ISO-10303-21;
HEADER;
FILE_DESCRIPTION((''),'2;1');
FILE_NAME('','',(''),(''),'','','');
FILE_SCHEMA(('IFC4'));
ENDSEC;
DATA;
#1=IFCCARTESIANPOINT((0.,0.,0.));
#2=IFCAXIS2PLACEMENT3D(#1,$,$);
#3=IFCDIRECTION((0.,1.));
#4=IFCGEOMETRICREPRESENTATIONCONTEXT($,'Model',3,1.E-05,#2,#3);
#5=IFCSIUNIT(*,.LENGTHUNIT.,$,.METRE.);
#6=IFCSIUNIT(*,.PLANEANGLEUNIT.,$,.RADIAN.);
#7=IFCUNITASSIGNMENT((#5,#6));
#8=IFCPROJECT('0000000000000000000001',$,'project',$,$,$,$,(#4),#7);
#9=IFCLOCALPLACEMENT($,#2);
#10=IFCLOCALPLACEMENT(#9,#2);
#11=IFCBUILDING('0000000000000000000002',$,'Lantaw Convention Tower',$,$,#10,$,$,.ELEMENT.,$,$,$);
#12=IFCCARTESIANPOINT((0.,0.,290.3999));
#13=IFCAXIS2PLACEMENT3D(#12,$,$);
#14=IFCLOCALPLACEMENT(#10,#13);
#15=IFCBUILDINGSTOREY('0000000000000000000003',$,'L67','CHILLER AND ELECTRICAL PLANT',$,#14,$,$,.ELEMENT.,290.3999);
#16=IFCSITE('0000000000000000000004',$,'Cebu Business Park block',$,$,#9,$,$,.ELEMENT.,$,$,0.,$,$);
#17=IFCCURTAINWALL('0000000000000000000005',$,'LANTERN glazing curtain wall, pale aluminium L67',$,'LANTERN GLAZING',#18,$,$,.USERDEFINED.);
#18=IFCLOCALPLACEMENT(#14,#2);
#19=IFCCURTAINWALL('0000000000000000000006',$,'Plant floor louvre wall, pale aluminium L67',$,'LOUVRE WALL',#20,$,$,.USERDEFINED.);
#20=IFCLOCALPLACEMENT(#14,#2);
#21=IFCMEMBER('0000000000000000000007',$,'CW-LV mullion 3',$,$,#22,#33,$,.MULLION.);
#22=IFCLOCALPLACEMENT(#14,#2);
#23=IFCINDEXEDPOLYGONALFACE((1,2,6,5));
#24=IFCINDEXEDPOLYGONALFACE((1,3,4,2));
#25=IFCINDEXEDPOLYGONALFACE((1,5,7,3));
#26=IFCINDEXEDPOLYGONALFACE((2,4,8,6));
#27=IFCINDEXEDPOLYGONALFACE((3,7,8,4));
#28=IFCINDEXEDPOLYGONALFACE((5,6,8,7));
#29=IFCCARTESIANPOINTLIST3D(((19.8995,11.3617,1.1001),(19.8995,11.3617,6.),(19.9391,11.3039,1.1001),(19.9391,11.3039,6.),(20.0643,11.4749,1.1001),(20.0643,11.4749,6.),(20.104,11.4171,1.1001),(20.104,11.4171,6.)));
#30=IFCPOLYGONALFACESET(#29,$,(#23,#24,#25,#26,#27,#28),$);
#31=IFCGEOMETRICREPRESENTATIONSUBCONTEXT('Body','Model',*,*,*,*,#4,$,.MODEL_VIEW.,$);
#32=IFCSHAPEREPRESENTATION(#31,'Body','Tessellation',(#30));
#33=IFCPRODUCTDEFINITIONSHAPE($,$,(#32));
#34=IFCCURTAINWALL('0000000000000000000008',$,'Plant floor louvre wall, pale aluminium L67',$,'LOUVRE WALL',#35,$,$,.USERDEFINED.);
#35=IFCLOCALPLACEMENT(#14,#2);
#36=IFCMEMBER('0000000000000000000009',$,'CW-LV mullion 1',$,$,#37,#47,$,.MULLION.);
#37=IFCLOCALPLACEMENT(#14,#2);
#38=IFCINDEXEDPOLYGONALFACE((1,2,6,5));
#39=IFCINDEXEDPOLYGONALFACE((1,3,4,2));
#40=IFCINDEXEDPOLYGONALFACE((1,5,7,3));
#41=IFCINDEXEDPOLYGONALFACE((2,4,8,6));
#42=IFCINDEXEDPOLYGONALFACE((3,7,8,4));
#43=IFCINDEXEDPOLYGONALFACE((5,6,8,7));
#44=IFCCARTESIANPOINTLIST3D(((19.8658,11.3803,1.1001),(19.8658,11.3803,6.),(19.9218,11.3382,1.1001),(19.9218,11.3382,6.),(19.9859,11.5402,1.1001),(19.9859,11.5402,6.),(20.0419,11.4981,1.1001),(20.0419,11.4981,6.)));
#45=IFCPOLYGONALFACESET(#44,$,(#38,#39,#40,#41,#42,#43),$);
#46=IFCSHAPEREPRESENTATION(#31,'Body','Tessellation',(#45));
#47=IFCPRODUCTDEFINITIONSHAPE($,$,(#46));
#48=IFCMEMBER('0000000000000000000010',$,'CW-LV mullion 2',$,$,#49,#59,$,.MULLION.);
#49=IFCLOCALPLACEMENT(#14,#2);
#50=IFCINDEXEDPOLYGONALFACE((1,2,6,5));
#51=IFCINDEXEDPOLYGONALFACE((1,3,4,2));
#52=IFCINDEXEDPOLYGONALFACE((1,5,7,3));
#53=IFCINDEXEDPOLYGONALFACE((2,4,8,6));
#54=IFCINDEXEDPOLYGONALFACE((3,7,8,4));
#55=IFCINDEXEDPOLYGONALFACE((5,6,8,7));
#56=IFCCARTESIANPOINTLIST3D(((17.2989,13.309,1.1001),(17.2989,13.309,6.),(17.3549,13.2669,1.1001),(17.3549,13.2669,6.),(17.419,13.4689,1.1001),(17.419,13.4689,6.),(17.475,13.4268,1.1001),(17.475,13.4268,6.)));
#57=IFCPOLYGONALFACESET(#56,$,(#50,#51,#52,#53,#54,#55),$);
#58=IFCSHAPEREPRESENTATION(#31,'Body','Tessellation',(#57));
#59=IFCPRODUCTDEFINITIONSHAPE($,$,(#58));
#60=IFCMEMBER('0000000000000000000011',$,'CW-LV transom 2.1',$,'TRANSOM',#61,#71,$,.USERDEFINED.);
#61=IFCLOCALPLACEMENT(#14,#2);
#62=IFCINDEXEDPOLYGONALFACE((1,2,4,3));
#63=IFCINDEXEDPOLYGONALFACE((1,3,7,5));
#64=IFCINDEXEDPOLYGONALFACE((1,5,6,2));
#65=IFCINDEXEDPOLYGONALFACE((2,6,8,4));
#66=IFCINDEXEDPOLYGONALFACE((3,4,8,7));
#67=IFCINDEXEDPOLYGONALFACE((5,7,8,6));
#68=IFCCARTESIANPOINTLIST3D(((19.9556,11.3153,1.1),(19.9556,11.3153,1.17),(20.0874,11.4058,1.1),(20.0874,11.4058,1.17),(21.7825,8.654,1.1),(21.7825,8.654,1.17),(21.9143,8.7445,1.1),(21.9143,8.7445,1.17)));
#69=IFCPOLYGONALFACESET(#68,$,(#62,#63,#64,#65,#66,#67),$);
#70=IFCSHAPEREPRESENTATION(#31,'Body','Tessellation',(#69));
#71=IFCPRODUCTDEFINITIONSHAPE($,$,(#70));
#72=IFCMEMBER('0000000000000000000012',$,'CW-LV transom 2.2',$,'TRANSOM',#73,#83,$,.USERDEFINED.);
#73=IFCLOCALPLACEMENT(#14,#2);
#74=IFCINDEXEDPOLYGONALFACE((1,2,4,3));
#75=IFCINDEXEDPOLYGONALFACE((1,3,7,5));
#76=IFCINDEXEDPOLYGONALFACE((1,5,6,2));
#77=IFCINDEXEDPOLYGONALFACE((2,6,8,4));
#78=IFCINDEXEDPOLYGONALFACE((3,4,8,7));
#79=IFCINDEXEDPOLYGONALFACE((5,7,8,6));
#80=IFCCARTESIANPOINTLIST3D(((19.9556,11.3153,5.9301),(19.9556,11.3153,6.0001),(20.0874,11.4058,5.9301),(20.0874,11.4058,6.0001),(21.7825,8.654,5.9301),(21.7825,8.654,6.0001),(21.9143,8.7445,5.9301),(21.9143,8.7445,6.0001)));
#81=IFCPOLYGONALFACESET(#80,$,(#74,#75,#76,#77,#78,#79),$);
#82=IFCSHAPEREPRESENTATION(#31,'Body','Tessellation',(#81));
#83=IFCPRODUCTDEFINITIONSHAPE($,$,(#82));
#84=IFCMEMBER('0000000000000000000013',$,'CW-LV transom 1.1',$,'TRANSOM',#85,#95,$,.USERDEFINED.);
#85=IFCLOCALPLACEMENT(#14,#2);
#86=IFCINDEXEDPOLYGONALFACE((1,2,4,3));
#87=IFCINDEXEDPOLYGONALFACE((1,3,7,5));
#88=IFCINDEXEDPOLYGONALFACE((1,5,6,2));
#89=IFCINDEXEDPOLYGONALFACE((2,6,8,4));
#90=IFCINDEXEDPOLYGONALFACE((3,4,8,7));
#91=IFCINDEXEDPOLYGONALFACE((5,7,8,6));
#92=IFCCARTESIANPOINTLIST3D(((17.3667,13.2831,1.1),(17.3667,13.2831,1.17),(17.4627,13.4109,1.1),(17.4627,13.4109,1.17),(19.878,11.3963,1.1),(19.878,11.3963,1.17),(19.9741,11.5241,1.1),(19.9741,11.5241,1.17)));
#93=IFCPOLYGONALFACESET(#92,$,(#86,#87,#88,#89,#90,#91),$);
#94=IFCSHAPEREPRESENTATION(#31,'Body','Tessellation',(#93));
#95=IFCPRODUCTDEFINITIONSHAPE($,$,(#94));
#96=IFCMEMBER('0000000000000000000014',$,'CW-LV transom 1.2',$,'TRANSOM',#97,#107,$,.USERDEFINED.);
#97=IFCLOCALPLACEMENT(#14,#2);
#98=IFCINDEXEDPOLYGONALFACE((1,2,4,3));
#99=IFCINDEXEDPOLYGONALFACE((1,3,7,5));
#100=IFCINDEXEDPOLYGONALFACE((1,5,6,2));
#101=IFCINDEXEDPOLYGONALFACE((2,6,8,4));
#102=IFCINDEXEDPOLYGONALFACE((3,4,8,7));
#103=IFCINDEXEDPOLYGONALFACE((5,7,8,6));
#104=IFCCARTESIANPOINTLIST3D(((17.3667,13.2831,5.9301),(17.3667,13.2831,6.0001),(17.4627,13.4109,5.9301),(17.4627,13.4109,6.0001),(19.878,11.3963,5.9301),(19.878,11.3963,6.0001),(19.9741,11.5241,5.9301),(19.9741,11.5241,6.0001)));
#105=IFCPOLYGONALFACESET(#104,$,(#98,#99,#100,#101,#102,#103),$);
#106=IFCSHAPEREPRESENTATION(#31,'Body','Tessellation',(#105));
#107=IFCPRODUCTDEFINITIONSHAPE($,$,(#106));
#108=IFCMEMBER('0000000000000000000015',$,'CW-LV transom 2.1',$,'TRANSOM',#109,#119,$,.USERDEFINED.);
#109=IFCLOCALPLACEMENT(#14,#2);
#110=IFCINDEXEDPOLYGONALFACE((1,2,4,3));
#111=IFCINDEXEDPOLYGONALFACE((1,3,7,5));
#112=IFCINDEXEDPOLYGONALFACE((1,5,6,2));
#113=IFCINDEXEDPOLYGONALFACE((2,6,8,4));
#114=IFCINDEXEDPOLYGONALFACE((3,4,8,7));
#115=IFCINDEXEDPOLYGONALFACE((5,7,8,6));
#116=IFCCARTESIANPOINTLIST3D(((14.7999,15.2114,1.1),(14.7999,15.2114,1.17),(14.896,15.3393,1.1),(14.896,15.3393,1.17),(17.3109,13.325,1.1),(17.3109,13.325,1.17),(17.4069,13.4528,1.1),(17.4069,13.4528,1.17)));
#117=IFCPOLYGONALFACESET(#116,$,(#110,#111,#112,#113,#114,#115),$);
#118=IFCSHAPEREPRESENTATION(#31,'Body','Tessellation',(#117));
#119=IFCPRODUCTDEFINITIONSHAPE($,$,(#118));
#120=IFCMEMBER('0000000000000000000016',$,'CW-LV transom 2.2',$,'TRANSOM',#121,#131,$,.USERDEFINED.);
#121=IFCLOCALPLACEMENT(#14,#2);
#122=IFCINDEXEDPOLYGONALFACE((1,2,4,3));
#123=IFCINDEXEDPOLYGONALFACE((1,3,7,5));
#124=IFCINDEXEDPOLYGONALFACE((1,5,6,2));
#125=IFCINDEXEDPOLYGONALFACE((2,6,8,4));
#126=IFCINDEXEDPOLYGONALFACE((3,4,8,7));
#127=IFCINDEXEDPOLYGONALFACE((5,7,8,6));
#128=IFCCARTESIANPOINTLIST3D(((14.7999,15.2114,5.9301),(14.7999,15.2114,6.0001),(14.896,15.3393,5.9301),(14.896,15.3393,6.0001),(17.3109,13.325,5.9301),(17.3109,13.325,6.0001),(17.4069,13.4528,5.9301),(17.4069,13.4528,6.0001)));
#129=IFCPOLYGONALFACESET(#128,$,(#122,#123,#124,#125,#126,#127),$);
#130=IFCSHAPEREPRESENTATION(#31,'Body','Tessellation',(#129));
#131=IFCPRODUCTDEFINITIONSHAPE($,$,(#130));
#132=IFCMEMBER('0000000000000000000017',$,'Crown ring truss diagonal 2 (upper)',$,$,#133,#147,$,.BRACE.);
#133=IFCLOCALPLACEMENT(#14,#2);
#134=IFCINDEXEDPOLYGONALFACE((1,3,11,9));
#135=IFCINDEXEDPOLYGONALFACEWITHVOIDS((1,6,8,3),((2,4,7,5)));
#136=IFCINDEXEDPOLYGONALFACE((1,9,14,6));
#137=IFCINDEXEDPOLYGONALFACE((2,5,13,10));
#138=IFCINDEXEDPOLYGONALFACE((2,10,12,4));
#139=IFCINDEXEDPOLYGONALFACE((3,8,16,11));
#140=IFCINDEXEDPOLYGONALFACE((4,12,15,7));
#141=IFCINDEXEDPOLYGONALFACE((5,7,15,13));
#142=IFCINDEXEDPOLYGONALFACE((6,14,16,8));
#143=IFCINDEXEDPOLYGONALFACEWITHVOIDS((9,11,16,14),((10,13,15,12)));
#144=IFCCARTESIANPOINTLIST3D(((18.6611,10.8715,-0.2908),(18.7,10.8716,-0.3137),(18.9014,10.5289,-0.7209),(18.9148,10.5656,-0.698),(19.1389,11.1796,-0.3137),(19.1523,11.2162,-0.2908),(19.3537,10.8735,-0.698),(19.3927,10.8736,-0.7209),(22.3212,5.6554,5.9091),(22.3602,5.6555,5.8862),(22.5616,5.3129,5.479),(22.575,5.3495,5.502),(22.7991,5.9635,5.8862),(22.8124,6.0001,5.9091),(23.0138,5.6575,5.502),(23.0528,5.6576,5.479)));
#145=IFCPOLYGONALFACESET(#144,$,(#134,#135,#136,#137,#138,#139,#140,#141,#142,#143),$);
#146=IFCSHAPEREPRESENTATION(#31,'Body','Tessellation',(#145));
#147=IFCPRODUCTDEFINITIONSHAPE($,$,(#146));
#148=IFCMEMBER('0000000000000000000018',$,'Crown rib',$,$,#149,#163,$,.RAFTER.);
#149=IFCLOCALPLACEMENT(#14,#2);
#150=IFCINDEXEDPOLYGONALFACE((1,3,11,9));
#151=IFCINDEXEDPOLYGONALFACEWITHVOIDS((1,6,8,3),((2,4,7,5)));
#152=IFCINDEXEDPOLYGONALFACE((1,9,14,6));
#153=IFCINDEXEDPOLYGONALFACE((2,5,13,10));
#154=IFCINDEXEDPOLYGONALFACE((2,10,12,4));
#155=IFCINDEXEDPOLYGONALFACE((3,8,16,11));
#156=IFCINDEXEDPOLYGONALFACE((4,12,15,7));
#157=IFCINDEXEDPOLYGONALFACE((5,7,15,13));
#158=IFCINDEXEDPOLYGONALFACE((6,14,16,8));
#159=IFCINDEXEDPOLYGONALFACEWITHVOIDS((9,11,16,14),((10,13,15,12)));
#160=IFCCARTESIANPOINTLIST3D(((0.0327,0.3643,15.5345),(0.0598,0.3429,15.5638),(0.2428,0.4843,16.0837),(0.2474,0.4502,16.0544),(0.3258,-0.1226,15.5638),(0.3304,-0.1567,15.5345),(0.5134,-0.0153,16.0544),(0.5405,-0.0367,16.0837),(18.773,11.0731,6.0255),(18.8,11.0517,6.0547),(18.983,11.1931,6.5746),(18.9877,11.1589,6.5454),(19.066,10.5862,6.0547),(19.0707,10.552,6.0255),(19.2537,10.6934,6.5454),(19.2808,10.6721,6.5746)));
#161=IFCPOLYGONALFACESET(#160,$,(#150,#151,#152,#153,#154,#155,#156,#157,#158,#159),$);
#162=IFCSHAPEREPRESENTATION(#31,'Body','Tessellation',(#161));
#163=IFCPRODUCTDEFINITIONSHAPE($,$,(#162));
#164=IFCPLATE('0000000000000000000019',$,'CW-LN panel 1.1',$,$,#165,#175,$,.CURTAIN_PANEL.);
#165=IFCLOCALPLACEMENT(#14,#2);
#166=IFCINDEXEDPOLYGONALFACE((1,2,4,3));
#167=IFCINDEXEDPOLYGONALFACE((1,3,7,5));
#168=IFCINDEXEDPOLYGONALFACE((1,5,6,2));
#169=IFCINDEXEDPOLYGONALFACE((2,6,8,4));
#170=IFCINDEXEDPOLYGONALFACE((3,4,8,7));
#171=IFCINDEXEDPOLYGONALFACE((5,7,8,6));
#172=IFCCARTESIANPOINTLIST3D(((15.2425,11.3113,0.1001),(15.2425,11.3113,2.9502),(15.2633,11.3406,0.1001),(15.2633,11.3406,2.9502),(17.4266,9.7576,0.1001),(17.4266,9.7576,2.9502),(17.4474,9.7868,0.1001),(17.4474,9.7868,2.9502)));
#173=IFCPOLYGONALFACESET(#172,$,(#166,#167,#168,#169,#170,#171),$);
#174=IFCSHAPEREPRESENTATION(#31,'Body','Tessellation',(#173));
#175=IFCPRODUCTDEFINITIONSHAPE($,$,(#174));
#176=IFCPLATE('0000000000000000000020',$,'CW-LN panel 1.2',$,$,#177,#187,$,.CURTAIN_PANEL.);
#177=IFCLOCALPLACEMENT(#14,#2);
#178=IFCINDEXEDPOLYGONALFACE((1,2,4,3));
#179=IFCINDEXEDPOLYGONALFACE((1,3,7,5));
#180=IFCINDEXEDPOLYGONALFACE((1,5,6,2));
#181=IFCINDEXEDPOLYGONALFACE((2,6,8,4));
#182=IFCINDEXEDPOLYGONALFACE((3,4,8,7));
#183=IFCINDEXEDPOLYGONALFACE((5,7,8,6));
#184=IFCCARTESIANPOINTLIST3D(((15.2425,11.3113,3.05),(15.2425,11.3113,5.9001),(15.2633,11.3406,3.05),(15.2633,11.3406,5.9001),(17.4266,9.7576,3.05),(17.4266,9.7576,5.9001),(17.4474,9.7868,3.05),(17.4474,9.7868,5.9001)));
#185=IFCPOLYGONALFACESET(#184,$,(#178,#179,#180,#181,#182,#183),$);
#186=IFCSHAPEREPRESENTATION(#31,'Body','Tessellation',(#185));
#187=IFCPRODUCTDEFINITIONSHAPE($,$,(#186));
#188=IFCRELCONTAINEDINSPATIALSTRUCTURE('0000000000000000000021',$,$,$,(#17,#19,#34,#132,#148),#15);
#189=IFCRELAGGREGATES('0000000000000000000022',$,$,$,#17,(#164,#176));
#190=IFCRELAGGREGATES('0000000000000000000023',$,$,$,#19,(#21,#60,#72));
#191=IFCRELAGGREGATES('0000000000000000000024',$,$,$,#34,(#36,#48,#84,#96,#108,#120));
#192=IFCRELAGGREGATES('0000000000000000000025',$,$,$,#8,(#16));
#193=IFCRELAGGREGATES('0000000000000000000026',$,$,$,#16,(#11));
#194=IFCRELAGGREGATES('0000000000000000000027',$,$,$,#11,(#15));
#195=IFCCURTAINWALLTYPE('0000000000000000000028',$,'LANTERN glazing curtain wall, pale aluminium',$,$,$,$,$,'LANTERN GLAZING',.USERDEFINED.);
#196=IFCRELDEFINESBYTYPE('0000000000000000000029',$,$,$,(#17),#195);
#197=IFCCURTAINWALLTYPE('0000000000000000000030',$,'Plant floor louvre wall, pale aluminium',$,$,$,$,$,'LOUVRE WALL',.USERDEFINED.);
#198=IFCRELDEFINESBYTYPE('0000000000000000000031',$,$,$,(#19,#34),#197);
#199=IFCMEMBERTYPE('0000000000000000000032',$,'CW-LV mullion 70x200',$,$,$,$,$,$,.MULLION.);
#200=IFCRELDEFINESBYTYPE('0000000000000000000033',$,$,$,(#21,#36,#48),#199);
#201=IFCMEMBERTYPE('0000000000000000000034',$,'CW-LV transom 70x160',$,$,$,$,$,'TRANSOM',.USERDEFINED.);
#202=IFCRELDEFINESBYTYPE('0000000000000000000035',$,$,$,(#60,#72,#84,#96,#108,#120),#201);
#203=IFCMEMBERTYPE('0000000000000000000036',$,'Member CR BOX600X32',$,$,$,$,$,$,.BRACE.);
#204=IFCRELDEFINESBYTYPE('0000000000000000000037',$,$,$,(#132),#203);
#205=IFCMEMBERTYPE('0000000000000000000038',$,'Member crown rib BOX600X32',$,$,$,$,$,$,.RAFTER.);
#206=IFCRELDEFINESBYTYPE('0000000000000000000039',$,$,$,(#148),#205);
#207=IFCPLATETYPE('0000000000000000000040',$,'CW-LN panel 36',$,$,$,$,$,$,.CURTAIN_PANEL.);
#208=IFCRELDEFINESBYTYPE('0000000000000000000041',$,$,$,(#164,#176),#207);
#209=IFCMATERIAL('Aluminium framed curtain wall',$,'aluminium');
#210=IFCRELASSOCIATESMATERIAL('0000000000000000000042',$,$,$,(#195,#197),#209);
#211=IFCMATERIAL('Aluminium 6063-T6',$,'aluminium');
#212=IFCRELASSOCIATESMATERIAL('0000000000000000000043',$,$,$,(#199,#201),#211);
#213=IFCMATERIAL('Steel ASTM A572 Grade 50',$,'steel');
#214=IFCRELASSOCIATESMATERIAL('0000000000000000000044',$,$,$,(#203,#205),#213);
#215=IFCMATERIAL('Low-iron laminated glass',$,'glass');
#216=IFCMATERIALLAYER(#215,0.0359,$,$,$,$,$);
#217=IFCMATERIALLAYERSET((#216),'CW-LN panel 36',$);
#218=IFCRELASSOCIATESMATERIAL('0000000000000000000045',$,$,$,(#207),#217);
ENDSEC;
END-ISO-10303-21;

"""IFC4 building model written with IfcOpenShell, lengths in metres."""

from ifc_helpers import new_model, si_unit, direction, frame, origin, origin_2d, place, context, subcontext, project, spatial, rectangle, hollow_rectangle, extrude, material, layer, layer_set, material_profile, profile_set, type_object, element, aggregate, save


model = new_model("IFC4")

# Units and contexts
model_context = context("Model", 3, precision=1e-05, world=origin(), true_north=direction((0.0, 1.0)))
body_context = subcontext(model_context, "Body", "Model", "MODEL_VIEW")
ifc_project = project(units=[si_unit("LENGTHUNIT", "METRE"), si_unit("PLANEANGLEUNIT", "RADIAN")], contexts=[model_context])

# Site, building, storey
site_placement = place(None, origin())
site = spatial("IfcSite", under=ifc_project, at=site_placement, Name="Cebu Business Park block", CompositionType="ELEMENT", RefElevation=0.0)
building_placement = place(site_placement, origin())
building = spatial("IfcBuilding", under=site, at=building_placement, Name="Lantaw Convention Tower", CompositionType="ELEMENT")
storey_placement = place(building_placement, frame((0.0, 0.0, 290.3999)))
storey = spatial("IfcBuildingStorey", under=building, at=storey_placement, Name="L67", Description="CHILLER AND ELECTRICAL PLANT", CompositionType="ELEMENT", Elevation=290.3999)

# Shared definitions
ifc_material_1 = material(Name="Steel ASTM A572 Grade 50", Category="steel")

# Shared definitions
ifc_material_2 = material(Name="Aluminium framed curtain wall", Category="aluminium")
curtain_wall_type_1 = type_object("IfcCurtainWallType", Name="LANTERN glazing curtain wall, pale aluminium", ElementType="LANTERN GLAZING", PredefinedType="USERDEFINED", material=ifc_material_2)
ifc_material_3 = material(Name="Aluminium 6063-T6", Category="aluminium")

# Curtain wall
curtain_wall_1_placement = place(storey_placement, origin())
curtain_wall_1 = element("IfcCurtainWall", 1, at=curtain_wall_1_placement, inside=storey, type_object=curtain_wall_type_1, Name="LANTERN glazing curtain wall, pale aluminium L67", ObjectType="LANTERN GLAZING", PredefinedType="USERDEFINED")

# Curtain wall, member
curtain_wall_type_2 = type_object("IfcCurtainWallType", Name="Plant floor louvre wall, pale aluminium", ElementType="LOUVRE WALL", PredefinedType="USERDEFINED", material=ifc_material_2)
curtain_wall_2_placement = place(storey_placement, origin())
curtain_wall_2 = element("IfcCurtainWall", 2, at=curtain_wall_2_placement, inside=storey, type_object=curtain_wall_type_2, Name="Plant floor louvre wall, pale aluminium L67", ObjectType="LOUVRE WALL", PredefinedType="USERDEFINED")
ifc_material_profile_1 = material_profile(ifc_material_3, rectangle(XDim=0.2, YDim=0.0701, at=origin_2d()), Name="CW-LV mullion 70x200")
ifc_profile_set_1 = profile_set([ifc_material_profile_1], Name="Aluminium 6063-T6")
member_type_1 = type_object("IfcMemberType", Name="CW-LV mullion 70x200", PredefinedType="MULLION", material=ifc_profile_set_1)
member_1_placement = place(storey_placement, frame((20.0017, 11.3894, 1.1001), z_axis=(0.0, 0.0, 1.0), x_axis=(-0.82445, -0.565935, 0.0)))
member_1 = element("IfcMember", 3, at=member_1_placement, type_object=member_type_1, Name="CW-LV mullion 3", PredefinedType="MULLION", context=body_context, shape_type="SweptSolid", body=[
    extrude(rectangle(XDim=0.2, YDim=0.0701, at=origin_2d()), origin(), (0.0, 0.0, 1.0), 4.8999),
])

# Curtain wall, members
curtain_wall_3_placement = place(storey_placement, origin())
curtain_wall_3 = element("IfcCurtainWall", 4, at=curtain_wall_3_placement, inside=storey, type_object=curtain_wall_type_2, Name="Plant floor louvre wall, pale aluminium L67", ObjectType="LOUVRE WALL", PredefinedType="USERDEFINED")
member_2_placement = place(storey_placement, frame((19.9539, 11.4392, 1.1001), z_axis=(0.0, 0.0, 1.0), x_axis=(-0.600643, -0.799518, 0.0)))
member_2 = element("IfcMember", 5, at=member_2_placement, type_object=member_type_1, Name="CW-LV mullion 1", PredefinedType="MULLION", context=body_context, shape_type="SweptSolid", body=[
    extrude(rectangle(XDim=0.2, YDim=0.0701, at=origin_2d()), origin(), (0.0, 0.0, 1.0), 4.8999),
])
member_3_placement = place(storey_placement, frame((17.387, 13.3679, 1.1001), z_axis=(0.0, 0.0, 1.0), x_axis=(-0.600643, -0.799518, 0.0)))
member_3 = element("IfcMember", 6, at=member_3_placement, type_object=member_type_1, Name="CW-LV mullion 2", PredefinedType="MULLION", context=body_context, shape_type="SweptSolid", body=[
    extrude(rectangle(XDim=0.2, YDim=0.0701, at=origin_2d()), origin(), (0.0, 0.0, 1.0), 4.8999),
])

# Members
ifc_material_profile_2 = material_profile(ifc_material_3, rectangle(XDim=0.1599, YDim=0.0701, at=origin_2d()), Name="CW-LV transom 70x160")
ifc_profile_set_2 = profile_set([ifc_material_profile_2], Name="Aluminium 6063-T6")
member_type_2 = type_object("IfcMemberType", Name="CW-LV transom 70x160", ElementType="TRANSOM", PredefinedType="USERDEFINED", material=ifc_profile_set_2)
member_4_placement = place(storey_placement, frame((21.8484, 8.6992, 1.135), z_axis=(-0.565941, 0.824446, 0.0), x_axis=(-0.824446, -0.565941, 0.0)))
member_4 = element("IfcMember", 7, at=member_4_placement, type_object=member_type_2, Name="CW-LV transom 2.1", ObjectType="TRANSOM", PredefinedType="USERDEFINED", context=body_context, shape_type="SweptSolid", body=[
    extrude(rectangle(XDim=0.1599, YDim=0.0701, at=origin_2d()), origin(), (0.0, 0.0, 1.0), 3.228),
])
member_5_placement = place(storey_placement, frame((21.8484, 8.6992, 5.9651), z_axis=(-0.565941, 0.824446, 0.0), x_axis=(-0.824446, -0.565941, 0.0)))
member_5 = element("IfcMember", 8, at=member_5_placement, type_object=member_type_2, Name="CW-LV transom 2.2", ObjectType="TRANSOM", PredefinedType="USERDEFINED", context=body_context, shape_type="SweptSolid", body=[
    extrude(rectangle(XDim=0.1599, YDim=0.0701, at=origin_2d()), origin(), (0.0, 0.0, 1.0), 3.228),
])
member_6_placement = place(storey_placement, frame((19.926, 11.4602, 1.135), z_axis=(-0.799496, 0.600671, 0.0), x_axis=(-0.600671, -0.799496, 0.0)))
member_6 = element("IfcMember", 9, at=member_6_placement, type_object=member_type_2, Name="CW-LV transom 1.1", ObjectType="TRANSOM", PredefinedType="USERDEFINED", context=body_context, shape_type="SweptSolid", body=[
    extrude(rectangle(XDim=0.1599, YDim=0.0701, at=origin_2d()), origin(), (0.0, 0.0, 1.0), 3.1411),
])
member_7_placement = place(storey_placement, frame((19.926, 11.4602, 5.9651), z_axis=(-0.799496, 0.600671, 0.0), x_axis=(-0.600671, -0.799496, 0.0)))
member_7 = element("IfcMember", 10, at=member_7_placement, type_object=member_type_2, Name="CW-LV transom 1.2", ObjectType="TRANSOM", PredefinedType="USERDEFINED", context=body_context, shape_type="SweptSolid", body=[
    extrude(rectangle(XDim=0.1599, YDim=0.0701, at=origin_2d()), origin(), (0.0, 0.0, 1.0), 3.1411),
])
member_8_placement = place(storey_placement, frame((17.3589, 13.3889, 1.135), z_axis=(-0.799505, 0.600659, 0.0), x_axis=(-0.600659, -0.799505, 0.0)))
member_8 = element("IfcMember", 11, at=member_8_placement, type_object=member_type_2, Name="CW-LV transom 2.1", ObjectType="TRANSOM", PredefinedType="USERDEFINED", context=body_context, shape_type="SweptSolid", body=[
    extrude(rectangle(XDim=0.1599, YDim=0.0701, at=origin_2d()), origin(), (0.0, 0.0, 1.0), 3.1406),
])
member_9_placement = place(storey_placement, frame((17.3589, 13.3889, 5.9651), z_axis=(-0.799505, 0.600659, 0.0), x_axis=(-0.600659, -0.799505, 0.0)))
member_9 = element("IfcMember", 12, at=member_9_placement, type_object=member_type_2, Name="CW-LV transom 2.2", ObjectType="TRANSOM", PredefinedType="USERDEFINED", context=body_context, shape_type="SweptSolid", body=[
    extrude(rectangle(XDim=0.1599, YDim=0.0701, at=origin_2d()), origin(), (0.0, 0.0, 1.0), 3.1406),
])

# Members
ifc_material_profile_3 = material_profile(ifc_material_1, hollow_rectangle(XDim=0.6001, YDim=0.6001, WallThickness=0.032, at=origin_2d()), Name="BOX600X32")
ifc_profile_set_3 = profile_set([ifc_material_profile_3], Name="Steel ASTM A572 Grade 50")
member_type_3 = type_object("IfcMemberType", Name="Member CR BOX600X32", PredefinedType="BRACE", material=ifc_profile_set_3)
member_10_placement = place(storey_placement, frame((19.0269, 10.8726, -0.5059), z_axis=(0.411687, -0.586692, 0.697357), x_axis=(0.818574, 0.574401, 0.0)))
element("IfcMember", 13, at=member_10_placement, inside=storey, type_object=member_type_3, Name="Crown ring truss diagonal 2 (upper)", PredefinedType="BRACE", context=body_context, shape_type="SweptSolid", body=[
    extrude(hollow_rectangle(XDim=0.6001, YDim=0.6001, WallThickness=0.032, at=origin_2d()), origin(), (0.0, 0.0, 1.0), 8.8906),
])
ifc_material_profile_4 = material_profile(ifc_material_1, hollow_rectangle(XDim=0.6001, YDim=0.6001, WallThickness=0.032, at=origin_2d()), Name="BOX600X32")
ifc_profile_set_4 = profile_set([ifc_material_profile_4], Name="Steel ASTM A572 Grade 50")
member_type_4 = type_object("IfcMemberType", Name="Member crown rib BOX600X32", PredefinedType="RAFTER", material=ifc_profile_set_4)
member_11_placement = place(storey_placement, frame((19.0269, 10.8726, 6.3), z_axis=(-0.794552, -0.454031, 0.403166), x_axis=(0.49614, -0.868242, 0.0)))
element("IfcMember", 14, at=member_11_placement, inside=storey, type_object=member_type_4, Name="Crown rib", PredefinedType="RAFTER", context=body_context, shape_type="SweptSolid", body=[
    extrude(hollow_rectangle(XDim=0.6001, YDim=0.6001, WallThickness=0.032, at=origin_2d()), origin(), (0.0, 0.0, 1.0), 23.5859),
])

# Plates
ifc_material_4 = material(Name="Low-iron laminated glass", Category="glass")
ifc_layer_1 = layer(ifc_material_4, 0.0359)
ifc_layer_set_1 = layer_set([ifc_layer_1], Name="CW-LN panel 36")
plate_type_1 = type_object("IfcPlateType", Name="CW-LN panel 36", PredefinedType="CURTAIN_PANEL", material=ifc_layer_set_1)
plate_1_placement = place(storey_placement, frame((16.345, 10.5491, 0.1001), z_axis=(0.0, 0.0, 1.0), x_axis=(-0.814841, 0.579684, 0.0)))
plate_1 = element("IfcPlate", 15, at=plate_1_placement, type_object=plate_type_1, Name="CW-LN panel 1.1", PredefinedType="CURTAIN_PANEL", context=body_context, shape_type="SweptSolid", body=[
    extrude(rectangle(XDim=2.6804, YDim=0.0359, at=origin_2d()), origin(), (0.0, 0.0, 1.0), 2.8501),
])
plate_2_placement = place(storey_placement, frame((16.345, 10.5491, 3.05), z_axis=(0.0, 0.0, 1.0), x_axis=(-0.814841, 0.579684, 0.0)))
plate_2 = element("IfcPlate", 16, at=plate_2_placement, type_object=plate_type_1, Name="CW-LN panel 1.2", PredefinedType="CURTAIN_PANEL", context=body_context, shape_type="SweptSolid", body=[
    extrude(rectangle(XDim=2.6804, YDim=0.0359, at=origin_2d()), origin(), (0.0, 0.0, 1.0), 2.8501),
])
aggregate(curtain_wall_1, [plate_1, plate_2])
aggregate(curtain_wall_2, [member_1, member_4, member_5])
aggregate(curtain_wall_3, [member_2, member_3, member_6, member_7, member_8, member_9])

save(model, "model.ifc")
